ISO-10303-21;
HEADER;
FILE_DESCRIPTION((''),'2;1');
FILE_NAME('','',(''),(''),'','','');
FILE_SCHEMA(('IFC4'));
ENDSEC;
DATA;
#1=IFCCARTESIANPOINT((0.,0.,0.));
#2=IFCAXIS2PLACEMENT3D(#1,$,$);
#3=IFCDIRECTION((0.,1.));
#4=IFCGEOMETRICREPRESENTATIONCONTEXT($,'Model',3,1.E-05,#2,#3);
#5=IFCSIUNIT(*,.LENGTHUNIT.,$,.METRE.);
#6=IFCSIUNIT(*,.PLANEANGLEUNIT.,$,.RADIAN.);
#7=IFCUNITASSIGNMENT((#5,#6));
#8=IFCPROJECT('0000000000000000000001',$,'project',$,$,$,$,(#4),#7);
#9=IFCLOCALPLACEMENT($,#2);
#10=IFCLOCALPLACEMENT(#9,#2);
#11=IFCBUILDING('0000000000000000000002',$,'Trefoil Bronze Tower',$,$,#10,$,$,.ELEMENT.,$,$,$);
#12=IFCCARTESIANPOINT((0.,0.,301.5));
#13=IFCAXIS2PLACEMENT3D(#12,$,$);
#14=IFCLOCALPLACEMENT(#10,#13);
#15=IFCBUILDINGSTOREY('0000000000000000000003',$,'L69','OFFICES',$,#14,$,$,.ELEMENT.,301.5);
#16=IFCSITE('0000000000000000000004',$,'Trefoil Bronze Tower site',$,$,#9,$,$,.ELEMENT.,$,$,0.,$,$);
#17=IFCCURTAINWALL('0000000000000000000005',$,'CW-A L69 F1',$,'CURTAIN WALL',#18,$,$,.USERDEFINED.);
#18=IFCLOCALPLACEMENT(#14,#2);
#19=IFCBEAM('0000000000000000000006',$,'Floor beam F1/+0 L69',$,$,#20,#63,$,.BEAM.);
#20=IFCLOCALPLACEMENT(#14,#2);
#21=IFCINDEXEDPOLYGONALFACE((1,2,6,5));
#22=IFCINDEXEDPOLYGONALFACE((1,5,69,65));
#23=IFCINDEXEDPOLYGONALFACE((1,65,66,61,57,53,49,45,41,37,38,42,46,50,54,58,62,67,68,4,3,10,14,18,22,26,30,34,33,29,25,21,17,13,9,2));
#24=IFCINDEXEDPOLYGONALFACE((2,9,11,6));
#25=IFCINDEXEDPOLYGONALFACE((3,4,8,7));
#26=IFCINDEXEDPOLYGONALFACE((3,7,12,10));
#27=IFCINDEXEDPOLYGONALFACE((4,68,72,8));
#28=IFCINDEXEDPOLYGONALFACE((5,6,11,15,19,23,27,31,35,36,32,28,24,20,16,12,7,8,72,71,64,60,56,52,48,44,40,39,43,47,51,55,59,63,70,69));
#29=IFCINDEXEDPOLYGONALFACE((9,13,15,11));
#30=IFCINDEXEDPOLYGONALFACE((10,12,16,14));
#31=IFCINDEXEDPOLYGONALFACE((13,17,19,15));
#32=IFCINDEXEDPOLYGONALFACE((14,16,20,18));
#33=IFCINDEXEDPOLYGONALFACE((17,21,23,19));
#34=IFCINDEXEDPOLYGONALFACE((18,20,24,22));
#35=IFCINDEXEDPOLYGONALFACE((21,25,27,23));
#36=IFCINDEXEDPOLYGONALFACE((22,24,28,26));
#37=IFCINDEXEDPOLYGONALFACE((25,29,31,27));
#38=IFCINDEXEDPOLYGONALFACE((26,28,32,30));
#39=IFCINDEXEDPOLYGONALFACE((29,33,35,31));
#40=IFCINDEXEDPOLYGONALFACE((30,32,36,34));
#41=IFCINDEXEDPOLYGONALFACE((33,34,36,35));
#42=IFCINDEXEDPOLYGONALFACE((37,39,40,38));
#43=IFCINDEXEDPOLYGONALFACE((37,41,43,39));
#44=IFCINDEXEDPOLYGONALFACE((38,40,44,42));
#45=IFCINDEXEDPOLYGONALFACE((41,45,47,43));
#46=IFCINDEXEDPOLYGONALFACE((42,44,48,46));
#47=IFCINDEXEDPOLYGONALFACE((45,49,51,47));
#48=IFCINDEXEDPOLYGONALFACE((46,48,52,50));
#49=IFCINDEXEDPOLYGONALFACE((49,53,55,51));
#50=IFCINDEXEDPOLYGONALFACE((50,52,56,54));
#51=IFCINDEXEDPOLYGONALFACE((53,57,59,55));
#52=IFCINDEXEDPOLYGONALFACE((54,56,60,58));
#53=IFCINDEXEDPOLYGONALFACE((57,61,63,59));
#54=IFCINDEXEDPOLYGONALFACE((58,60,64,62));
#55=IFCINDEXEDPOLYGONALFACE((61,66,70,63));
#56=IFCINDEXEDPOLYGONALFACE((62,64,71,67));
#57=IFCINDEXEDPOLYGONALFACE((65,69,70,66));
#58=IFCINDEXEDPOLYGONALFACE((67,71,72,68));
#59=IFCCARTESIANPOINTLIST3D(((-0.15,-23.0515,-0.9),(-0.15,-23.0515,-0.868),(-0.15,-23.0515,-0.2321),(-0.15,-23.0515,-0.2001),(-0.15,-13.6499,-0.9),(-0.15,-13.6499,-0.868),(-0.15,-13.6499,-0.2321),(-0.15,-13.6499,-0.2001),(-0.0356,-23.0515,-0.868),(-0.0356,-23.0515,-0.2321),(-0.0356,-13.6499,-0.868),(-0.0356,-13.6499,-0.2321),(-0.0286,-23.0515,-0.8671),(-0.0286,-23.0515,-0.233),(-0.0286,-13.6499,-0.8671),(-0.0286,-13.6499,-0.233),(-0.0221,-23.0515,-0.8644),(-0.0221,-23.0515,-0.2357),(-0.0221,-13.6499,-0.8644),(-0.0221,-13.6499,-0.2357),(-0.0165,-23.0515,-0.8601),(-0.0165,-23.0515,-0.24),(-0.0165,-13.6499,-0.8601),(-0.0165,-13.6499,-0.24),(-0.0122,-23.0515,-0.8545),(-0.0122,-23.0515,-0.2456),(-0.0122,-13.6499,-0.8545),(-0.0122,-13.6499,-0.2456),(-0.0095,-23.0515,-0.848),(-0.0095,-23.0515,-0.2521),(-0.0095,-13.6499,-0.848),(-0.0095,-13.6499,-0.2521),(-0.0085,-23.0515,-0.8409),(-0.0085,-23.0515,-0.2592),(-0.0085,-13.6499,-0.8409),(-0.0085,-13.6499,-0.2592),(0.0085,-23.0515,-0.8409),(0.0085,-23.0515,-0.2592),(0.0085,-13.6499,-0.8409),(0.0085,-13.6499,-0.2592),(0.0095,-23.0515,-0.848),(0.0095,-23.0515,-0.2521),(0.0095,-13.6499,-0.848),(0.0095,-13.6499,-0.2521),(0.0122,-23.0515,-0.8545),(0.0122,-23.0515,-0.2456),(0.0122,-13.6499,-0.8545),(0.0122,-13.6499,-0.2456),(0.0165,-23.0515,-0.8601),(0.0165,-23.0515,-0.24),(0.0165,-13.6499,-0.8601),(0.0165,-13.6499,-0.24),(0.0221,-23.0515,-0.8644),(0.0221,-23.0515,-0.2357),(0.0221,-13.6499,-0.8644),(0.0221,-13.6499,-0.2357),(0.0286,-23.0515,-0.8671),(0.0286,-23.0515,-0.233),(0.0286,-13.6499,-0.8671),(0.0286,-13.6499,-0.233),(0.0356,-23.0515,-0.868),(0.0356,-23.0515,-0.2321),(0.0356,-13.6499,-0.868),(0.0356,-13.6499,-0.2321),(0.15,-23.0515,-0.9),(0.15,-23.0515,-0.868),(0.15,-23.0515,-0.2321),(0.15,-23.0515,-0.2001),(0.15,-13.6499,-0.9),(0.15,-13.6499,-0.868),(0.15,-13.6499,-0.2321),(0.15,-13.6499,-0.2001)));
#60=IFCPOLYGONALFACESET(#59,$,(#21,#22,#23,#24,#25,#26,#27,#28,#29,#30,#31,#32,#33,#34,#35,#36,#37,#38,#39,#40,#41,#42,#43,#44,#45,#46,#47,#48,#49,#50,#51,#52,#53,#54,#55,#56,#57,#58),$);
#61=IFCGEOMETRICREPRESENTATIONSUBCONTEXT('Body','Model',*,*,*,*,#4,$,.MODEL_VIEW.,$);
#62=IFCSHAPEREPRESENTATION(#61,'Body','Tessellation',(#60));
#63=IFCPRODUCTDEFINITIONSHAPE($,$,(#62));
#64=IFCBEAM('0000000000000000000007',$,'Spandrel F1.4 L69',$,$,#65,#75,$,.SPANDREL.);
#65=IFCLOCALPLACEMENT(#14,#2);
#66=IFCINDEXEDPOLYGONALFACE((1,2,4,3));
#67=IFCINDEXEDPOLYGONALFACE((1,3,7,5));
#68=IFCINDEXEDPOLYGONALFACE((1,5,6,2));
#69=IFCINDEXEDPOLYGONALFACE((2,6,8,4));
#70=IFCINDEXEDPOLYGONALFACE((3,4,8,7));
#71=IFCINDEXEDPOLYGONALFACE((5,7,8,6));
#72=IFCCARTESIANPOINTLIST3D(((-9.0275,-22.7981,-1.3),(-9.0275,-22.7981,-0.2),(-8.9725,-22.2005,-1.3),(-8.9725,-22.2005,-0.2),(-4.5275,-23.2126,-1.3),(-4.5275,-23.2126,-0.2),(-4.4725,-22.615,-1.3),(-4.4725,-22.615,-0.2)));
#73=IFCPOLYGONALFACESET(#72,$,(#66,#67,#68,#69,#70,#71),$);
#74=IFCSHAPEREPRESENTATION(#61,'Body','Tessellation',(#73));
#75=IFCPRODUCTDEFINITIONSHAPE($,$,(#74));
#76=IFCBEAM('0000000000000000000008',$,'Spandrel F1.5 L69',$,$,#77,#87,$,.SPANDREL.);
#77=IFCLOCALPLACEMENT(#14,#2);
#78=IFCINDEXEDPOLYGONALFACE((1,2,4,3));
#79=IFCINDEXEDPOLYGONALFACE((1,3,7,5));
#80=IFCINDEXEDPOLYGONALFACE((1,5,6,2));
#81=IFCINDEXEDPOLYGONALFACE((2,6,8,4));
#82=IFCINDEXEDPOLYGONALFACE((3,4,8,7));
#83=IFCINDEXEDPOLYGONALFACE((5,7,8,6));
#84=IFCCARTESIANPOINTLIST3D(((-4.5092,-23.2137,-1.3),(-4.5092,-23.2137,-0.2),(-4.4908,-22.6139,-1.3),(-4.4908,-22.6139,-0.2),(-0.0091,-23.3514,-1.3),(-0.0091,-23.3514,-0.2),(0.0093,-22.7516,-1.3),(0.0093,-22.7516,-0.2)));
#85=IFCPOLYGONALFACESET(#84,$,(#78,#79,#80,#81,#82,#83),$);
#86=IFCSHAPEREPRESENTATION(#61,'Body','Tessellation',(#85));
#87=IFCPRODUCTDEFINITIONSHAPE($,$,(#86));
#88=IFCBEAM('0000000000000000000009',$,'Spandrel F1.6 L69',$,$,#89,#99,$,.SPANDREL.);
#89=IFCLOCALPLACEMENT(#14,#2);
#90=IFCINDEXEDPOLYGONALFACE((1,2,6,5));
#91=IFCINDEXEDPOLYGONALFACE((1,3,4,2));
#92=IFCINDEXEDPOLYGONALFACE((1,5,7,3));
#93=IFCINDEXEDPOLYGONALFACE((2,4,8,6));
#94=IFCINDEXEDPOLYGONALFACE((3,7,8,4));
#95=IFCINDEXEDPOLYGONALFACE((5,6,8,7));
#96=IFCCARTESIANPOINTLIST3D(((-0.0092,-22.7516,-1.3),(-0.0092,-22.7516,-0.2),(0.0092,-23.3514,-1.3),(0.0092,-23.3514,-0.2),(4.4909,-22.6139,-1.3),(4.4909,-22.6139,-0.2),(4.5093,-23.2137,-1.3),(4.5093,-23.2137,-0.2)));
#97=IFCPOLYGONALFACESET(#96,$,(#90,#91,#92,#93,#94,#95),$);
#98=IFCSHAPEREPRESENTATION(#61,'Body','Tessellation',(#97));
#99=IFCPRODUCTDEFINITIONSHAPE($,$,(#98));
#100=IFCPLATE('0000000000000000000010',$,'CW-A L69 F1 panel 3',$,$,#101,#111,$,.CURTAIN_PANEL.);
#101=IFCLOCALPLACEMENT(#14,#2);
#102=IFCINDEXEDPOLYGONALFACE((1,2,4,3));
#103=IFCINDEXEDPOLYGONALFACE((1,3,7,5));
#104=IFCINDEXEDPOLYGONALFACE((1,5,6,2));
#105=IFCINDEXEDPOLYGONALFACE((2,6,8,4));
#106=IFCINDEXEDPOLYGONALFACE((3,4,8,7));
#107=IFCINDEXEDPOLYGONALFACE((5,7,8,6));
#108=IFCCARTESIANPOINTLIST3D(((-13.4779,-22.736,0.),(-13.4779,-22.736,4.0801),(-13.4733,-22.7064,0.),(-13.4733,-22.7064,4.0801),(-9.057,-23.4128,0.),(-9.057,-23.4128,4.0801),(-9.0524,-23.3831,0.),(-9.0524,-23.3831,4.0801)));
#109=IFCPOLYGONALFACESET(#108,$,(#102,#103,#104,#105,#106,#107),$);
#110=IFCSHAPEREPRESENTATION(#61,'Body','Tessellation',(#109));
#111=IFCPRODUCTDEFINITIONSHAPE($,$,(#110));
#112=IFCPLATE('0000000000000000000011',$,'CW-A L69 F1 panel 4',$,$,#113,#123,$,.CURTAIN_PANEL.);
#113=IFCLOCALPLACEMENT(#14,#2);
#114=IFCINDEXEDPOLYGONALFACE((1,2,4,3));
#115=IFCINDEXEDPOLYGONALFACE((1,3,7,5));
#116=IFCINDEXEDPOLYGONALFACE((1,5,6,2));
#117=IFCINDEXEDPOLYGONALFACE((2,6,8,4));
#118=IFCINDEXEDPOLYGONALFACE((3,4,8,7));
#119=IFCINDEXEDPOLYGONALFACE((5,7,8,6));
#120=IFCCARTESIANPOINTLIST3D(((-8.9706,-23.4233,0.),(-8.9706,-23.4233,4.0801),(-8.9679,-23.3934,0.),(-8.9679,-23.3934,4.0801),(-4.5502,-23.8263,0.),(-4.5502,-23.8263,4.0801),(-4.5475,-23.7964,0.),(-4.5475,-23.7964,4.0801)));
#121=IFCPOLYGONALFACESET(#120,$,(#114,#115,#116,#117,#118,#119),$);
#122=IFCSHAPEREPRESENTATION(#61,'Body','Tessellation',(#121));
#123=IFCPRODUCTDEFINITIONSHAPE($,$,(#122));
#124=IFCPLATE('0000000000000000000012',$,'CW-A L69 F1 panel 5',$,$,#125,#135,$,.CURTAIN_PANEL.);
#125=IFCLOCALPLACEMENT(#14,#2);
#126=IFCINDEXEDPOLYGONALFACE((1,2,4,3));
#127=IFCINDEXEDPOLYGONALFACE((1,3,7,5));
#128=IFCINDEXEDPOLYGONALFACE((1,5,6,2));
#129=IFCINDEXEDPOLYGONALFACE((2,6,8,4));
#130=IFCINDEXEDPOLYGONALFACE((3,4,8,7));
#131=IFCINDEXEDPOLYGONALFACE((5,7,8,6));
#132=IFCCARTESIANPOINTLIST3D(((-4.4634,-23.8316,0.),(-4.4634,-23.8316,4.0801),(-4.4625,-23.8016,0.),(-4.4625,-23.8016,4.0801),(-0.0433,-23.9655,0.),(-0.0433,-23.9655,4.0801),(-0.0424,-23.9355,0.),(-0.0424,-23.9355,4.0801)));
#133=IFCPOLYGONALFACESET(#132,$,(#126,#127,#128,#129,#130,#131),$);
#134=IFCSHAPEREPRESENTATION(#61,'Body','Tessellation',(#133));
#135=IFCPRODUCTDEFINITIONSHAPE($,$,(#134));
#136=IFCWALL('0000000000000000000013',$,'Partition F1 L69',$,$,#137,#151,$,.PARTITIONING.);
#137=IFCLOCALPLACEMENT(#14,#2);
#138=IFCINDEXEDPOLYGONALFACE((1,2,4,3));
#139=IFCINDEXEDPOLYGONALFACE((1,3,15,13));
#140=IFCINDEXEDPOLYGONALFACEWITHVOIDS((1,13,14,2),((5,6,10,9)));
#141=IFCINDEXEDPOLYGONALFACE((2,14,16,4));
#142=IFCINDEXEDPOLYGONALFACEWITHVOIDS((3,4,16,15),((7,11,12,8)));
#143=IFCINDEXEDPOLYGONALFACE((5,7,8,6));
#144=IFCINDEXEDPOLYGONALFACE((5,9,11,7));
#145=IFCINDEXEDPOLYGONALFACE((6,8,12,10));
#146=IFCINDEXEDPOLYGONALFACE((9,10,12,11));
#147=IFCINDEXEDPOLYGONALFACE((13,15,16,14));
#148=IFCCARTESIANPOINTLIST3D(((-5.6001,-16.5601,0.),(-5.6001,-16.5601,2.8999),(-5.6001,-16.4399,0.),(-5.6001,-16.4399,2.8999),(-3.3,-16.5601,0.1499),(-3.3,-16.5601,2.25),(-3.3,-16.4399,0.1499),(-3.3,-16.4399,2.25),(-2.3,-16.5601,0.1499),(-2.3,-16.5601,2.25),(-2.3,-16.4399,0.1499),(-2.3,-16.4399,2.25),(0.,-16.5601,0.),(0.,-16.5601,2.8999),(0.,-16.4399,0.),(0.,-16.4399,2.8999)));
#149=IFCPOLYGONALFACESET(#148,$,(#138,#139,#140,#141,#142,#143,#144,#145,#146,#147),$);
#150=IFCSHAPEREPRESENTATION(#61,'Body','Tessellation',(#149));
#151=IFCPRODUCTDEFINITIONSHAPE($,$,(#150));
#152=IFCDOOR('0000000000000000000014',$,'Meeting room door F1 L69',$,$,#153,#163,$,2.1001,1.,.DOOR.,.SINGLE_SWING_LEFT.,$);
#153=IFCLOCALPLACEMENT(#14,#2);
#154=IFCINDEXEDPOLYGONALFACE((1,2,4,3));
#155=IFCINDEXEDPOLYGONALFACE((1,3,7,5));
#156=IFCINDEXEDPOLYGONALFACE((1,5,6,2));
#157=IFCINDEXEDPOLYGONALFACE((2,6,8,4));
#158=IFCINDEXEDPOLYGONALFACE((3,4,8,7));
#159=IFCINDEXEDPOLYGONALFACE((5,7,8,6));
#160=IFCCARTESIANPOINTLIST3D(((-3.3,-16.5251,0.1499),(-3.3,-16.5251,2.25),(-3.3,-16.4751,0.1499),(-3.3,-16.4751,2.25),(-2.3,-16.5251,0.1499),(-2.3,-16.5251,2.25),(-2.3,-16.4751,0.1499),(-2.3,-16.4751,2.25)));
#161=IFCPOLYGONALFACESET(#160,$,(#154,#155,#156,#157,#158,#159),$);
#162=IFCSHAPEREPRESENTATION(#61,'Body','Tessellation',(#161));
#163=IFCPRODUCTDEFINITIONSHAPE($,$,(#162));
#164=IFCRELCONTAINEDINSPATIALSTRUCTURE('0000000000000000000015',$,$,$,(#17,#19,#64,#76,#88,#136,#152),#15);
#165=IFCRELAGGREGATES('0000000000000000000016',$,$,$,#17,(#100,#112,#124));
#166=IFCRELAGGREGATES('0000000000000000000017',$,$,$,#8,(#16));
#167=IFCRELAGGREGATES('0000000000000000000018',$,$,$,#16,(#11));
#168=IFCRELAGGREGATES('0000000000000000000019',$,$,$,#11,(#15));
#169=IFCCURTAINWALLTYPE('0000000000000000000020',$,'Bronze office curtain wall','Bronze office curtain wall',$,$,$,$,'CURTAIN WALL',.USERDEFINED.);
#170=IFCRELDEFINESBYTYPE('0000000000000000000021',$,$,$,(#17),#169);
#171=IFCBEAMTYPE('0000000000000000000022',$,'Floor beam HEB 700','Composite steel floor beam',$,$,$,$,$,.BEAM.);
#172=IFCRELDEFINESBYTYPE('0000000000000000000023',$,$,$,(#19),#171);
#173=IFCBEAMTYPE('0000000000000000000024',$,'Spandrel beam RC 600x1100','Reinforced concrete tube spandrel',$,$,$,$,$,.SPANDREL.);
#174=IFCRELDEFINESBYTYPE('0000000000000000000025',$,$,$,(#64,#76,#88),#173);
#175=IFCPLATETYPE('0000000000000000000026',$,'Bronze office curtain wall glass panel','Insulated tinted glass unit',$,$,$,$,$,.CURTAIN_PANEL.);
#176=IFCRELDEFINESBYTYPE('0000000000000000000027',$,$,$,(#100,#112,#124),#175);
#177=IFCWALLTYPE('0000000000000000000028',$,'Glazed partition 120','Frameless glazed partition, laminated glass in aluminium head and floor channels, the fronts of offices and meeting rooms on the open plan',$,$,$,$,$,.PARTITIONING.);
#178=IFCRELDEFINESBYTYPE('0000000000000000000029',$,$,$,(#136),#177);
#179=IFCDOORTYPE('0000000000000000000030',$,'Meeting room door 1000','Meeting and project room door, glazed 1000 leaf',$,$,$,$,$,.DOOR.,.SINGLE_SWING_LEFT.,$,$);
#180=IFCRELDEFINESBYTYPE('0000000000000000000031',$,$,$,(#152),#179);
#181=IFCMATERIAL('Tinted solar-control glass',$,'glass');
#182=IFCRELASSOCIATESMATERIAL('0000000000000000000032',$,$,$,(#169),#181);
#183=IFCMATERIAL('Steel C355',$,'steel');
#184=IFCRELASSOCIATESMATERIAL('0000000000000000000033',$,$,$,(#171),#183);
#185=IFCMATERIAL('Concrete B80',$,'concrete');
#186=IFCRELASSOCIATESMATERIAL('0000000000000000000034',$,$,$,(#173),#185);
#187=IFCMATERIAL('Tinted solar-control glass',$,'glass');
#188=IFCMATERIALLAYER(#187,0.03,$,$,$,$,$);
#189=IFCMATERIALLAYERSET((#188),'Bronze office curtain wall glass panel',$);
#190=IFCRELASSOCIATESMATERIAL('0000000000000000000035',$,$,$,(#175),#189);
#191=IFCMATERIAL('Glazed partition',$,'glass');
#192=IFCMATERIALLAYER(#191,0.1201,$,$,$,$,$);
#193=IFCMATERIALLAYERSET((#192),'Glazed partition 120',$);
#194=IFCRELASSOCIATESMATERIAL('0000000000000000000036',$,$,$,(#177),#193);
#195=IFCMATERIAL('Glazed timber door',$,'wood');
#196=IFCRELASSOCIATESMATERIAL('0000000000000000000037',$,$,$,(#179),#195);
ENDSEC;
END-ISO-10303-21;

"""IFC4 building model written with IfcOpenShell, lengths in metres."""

from ifc_helpers import new_model, si_unit, direction, frame, frame_2d, origin, origin_2d, place, context, subcontext, project, spatial, rectangle, i_section, extrude, material, layer, layer_set, material_profile, profile_set, type_object, element, fill, aggregate, save


model = new_model("IFC4")

# Units and contexts
model_context = context("Model", 3, precision=1e-05, world=origin(), true_north=direction((0.0, 1.0)))
body_context = subcontext(model_context, "Body", "Model", "MODEL_VIEW")
ifc_project = project(units=[si_unit("LENGTHUNIT", "METRE"), si_unit("PLANEANGLEUNIT", "RADIAN")], contexts=[model_context])

# Site, building, storey
site_placement = place(None, origin())
site = spatial("IfcSite", under=ifc_project, at=site_placement, Name="Trefoil Bronze Tower site", CompositionType="ELEMENT", RefElevation=0.0)
building_placement = place(site_placement, origin())
building = spatial("IfcBuilding", under=site, at=building_placement, Name="Trefoil Bronze Tower", CompositionType="ELEMENT")
storey_placement = place(building_placement, frame((0.0, 0.0, 301.5)))
storey = spatial("IfcBuildingStorey", under=building, at=storey_placement, Name="L69", Description="OFFICES", CompositionType="ELEMENT", Elevation=301.5)

# Curtain wall
ifc_material_1 = material(Name="Tinted solar-control glass", Category="glass")
curtain_wall_type = type_object("IfcCurtainWallType", Name="Bronze office curtain wall", Description="Bronze office curtain wall", ElementType="CURTAIN WALL", PredefinedType="USERDEFINED", material=ifc_material_1)
curtain_wall_placement = place(storey_placement, origin())
curtain_wall = element("IfcCurtainWall", 1, at=curtain_wall_placement, inside=storey, type_object=curtain_wall_type, Name="CW-A L69 F1", ObjectType="CURTAIN WALL", PredefinedType="USERDEFINED")

# Beams
ifc_material_2 = material(Name="Steel C355", Category="steel")
ifc_material_profile_1 = material_profile(ifc_material_2, i_section(OverallWidth=0.3, OverallDepth=0.7, WebThickness=0.0171, FlangeThickness=0.032, FilletRadius=0.0271, at=origin_2d()), Name="HEB 700")
ifc_profile_set_1 = profile_set([ifc_material_profile_1], Name="Steel C355")
beam_type_1 = type_object("IfcBeamType", Name="Floor beam HEB 700", Description="Composite steel floor beam", PredefinedType="BEAM", material=ifc_profile_set_1)
beam_1_placement = place(storey_placement, frame((0.0, -23.0515, -0.55), z_axis=(0.0, 1.0, 0.0), x_axis=(-1.0, 0.0, 0.0)))
element("IfcBeam", 2, at=beam_1_placement, inside=storey, type_object=beam_type_1, Name="Floor beam F1/+0 L69", PredefinedType="BEAM", context=body_context, shape_type="SweptSolid", body=[
    extrude(i_section(OverallWidth=0.3, OverallDepth=0.7, WebThickness=0.0171, FlangeThickness=0.032, FilletRadius=0.0271, at=origin_2d()), origin(), (0.0, 0.0, 1.0), 9.4016),
])
ifc_material_3 = material(Name="Concrete B80", Category="concrete")
ifc_material_profile_2 = material_profile(ifc_material_3, rectangle(XDim=0.6001, YDim=1.1001, at=origin_2d()), Name="RC 600x1100")
ifc_profile_set_2 = profile_set([ifc_material_profile_2], Name="Concrete B80")
beam_type_2 = type_object("IfcBeamType", Name="Spandrel beam RC 600x1100", Description="Reinforced concrete tube spandrel", PredefinedType="SPANDREL", material=ifc_profile_set_2)
beam_2_placement = place(storey_placement, frame((-9.0, -22.4993, -0.75), z_axis=(0.995784, -0.091734, 0.0), x_axis=(0.091734, 0.995784, 0.0)))
element("IfcBeam", 3, at=beam_2_placement, inside=storey, type_object=beam_type_2, Name="Spandrel F1.4 L69", PredefinedType="SPANDREL", context=body_context, shape_type="SweptSolid", body=[
    extrude(rectangle(XDim=0.6001, YDim=1.1001, at=origin_2d()), origin(), (0.0, 0.0, 1.0), 4.519),
])
for number, where, z_axis, x_axis, name in (
    (4, (-4.5, -22.9138, -0.75), (0.999532, -0.030585, 0.0), (0.030585, 0.999532, 0.0), "Spandrel F1.5 L69"),
    (5, (0.0, -23.0515, -0.75), (0.999532, 0.030585, 0.0), (-0.030585, 0.999532, 0.0), "Spandrel F1.6 L69"),
):
    element("IfcBeam", number, at=place(storey_placement, frame(where, z_axis=z_axis, x_axis=x_axis)), inside=storey, type_object=beam_type_2, Name=name, PredefinedType="SPANDREL", context=body_context, shape_type="SweptSolid", body=[
        extrude(rectangle(XDim=0.6001, YDim=1.1001, at=origin_2d()), origin(), (0.0, 0.0, 1.0), 4.5022),
    ])

# Plates
ifc_material_4 = material(Name="Tinted solar-control glass", Category="glass")
ifc_layer_1 = layer(ifc_material_4, 0.03)
ifc_layer_set_1 = layer_set([ifc_layer_1], Name="Bronze office curtain wall glass panel")
plate_type = type_object("IfcPlateType", Name="Bronze office curtain wall glass panel", Description="Insulated tinted glass unit", PredefinedType="CURTAIN_PANEL", material=ifc_layer_set_1)
plate_1_placement = place(storey_placement, frame((-11.2651, -23.0596, 0.0), z_axis=(0.0, 0.0, 1.0), x_axis=(0.988485, -0.151317, 0.0)))
plate_1 = element("IfcPlate", 6, at=plate_1_placement, type_object=plate_type, Name="CW-A L69 F1 panel 3", PredefinedType="CURTAIN_PANEL", context=body_context, shape_type="SweptSolid", body=[
    extrude(rectangle(XDim=4.4724, YDim=0.03, at=origin_2d()), origin(), (0.0, 0.0, 1.0), 4.0801),
])
plate_2_placement = place(storey_placement, frame((-6.759, -23.6099, 0.0), z_axis=(0.0, 0.0, 1.0), x_axis=(0.99587, -0.090789, 0.0)))
plate_2 = element("IfcPlate", 7, at=plate_2_placement, type_object=plate_type, Name="CW-A L69 F1 panel 4", PredefinedType="CURTAIN_PANEL", context=body_context, shape_type="SweptSolid", body=[
    extrude(rectangle(XDim=4.4387, YDim=0.03, at=origin_2d()), origin(), (0.0, 0.0, 1.0), 4.0801),
])
plate_3_placement = place(storey_placement, frame((-2.2529, -23.8835, 0.0), z_axis=(0.0, 0.0, 1.0), x_axis=(0.999542, -0.030263, 0.0)))
plate_3 = element("IfcPlate", 8, at=plate_3_placement, type_object=plate_type, Name="CW-A L69 F1 panel 5", PredefinedType="CURTAIN_PANEL", context=body_context, shape_type="SweptSolid", body=[
    extrude(rectangle(XDim=4.4221, YDim=0.03, at=origin_2d()), origin(), (0.0, 0.0, 1.0), 4.0801),
])
aggregate(curtain_wall, [plate_1, plate_2, plate_3])

# Wall, opening, door
ifc_material_5 = material(Name="Glazed partition", Category="glass")
ifc_layer_2 = layer(ifc_material_5, 0.1201)
ifc_layer_set_2 = layer_set([ifc_layer_2], Name="Glazed partition 120")
wall_type_1 = type_object("IfcWallType", Name="Glazed partition 120", Description="Frameless glazed partition, laminated glass in aluminium head and floor channels, the fronts of offices and meeting rooms on the open plan", PredefinedType="PARTITIONING", material=ifc_layer_set_2)
wall_1_placement = place(storey_placement, frame((-5.6001, -16.5, 0.0), z_axis=(0.0, 0.0, 1.0), x_axis=(1.0, 0.0, 0.0)))
wall_1 = element("IfcWall", 9, at=wall_1_placement, inside=storey, type_object=wall_type_1, Name="Partition F1 L69", PredefinedType="PARTITIONING", context=body_context, shape_type="SweptSolid", body=[
    extrude(rectangle(XDim=5.6001, YDim=0.1201, at=frame_2d((2.8, 0.0))), origin(), (0.0, 0.0, 1.0), 2.8999),
])
opening_1_placement = place(wall_1_placement, frame((2.3, 0.0, 0.1499)))
opening_1 = element("IfcOpeningElement", 10, at=opening_1_placement, cuts=wall_1, PredefinedType="OPENING", context=body_context, shape_type="SweptSolid", body=[
    extrude(rectangle(XDim=1.0, YDim=2.1001, at=frame_2d((0.5, 1.05))), frame((0.0, 0.0701, 0.0), z_axis=(0.0, -1.0, 0.0), x_axis=(1.0, 0.0, 0.0)), (0.0, 0.0, 1.0), 0.1401),
])
ifc_material_6 = material(Name="Glazed timber door", Category="wood")
door_type_1 = type_object("IfcDoorType", Name="Meeting room door 1000", Description="Meeting and project room door, glazed 1000 leaf", OperationType="SINGLE_SWING_LEFT", PredefinedType="DOOR", material=ifc_material_6)
door_1_placement = place(opening_1_placement, origin())
door_1 = element("IfcDoor", 11, at=door_1_placement, inside=storey, type_object=door_type_1, Name="Meeting room door F1 L69", OperationType="SINGLE_SWING_LEFT", OverallHeight=2.1001, OverallWidth=1.0, PredefinedType="DOOR", context=body_context, shape_type="SweptSolid", body=[
    extrude(rectangle(XDim=1.0, YDim=2.1001, at=frame_2d((0.5, 1.05))), frame((0.0, 0.0249, 0.0), z_axis=(0.0, -1.0, 0.0), x_axis=(1.0, 0.0, 0.0)), (0.0, 0.0, 1.0), 0.05),
])
fill(opening_1, door_1)

save(model, "model.ifc")
